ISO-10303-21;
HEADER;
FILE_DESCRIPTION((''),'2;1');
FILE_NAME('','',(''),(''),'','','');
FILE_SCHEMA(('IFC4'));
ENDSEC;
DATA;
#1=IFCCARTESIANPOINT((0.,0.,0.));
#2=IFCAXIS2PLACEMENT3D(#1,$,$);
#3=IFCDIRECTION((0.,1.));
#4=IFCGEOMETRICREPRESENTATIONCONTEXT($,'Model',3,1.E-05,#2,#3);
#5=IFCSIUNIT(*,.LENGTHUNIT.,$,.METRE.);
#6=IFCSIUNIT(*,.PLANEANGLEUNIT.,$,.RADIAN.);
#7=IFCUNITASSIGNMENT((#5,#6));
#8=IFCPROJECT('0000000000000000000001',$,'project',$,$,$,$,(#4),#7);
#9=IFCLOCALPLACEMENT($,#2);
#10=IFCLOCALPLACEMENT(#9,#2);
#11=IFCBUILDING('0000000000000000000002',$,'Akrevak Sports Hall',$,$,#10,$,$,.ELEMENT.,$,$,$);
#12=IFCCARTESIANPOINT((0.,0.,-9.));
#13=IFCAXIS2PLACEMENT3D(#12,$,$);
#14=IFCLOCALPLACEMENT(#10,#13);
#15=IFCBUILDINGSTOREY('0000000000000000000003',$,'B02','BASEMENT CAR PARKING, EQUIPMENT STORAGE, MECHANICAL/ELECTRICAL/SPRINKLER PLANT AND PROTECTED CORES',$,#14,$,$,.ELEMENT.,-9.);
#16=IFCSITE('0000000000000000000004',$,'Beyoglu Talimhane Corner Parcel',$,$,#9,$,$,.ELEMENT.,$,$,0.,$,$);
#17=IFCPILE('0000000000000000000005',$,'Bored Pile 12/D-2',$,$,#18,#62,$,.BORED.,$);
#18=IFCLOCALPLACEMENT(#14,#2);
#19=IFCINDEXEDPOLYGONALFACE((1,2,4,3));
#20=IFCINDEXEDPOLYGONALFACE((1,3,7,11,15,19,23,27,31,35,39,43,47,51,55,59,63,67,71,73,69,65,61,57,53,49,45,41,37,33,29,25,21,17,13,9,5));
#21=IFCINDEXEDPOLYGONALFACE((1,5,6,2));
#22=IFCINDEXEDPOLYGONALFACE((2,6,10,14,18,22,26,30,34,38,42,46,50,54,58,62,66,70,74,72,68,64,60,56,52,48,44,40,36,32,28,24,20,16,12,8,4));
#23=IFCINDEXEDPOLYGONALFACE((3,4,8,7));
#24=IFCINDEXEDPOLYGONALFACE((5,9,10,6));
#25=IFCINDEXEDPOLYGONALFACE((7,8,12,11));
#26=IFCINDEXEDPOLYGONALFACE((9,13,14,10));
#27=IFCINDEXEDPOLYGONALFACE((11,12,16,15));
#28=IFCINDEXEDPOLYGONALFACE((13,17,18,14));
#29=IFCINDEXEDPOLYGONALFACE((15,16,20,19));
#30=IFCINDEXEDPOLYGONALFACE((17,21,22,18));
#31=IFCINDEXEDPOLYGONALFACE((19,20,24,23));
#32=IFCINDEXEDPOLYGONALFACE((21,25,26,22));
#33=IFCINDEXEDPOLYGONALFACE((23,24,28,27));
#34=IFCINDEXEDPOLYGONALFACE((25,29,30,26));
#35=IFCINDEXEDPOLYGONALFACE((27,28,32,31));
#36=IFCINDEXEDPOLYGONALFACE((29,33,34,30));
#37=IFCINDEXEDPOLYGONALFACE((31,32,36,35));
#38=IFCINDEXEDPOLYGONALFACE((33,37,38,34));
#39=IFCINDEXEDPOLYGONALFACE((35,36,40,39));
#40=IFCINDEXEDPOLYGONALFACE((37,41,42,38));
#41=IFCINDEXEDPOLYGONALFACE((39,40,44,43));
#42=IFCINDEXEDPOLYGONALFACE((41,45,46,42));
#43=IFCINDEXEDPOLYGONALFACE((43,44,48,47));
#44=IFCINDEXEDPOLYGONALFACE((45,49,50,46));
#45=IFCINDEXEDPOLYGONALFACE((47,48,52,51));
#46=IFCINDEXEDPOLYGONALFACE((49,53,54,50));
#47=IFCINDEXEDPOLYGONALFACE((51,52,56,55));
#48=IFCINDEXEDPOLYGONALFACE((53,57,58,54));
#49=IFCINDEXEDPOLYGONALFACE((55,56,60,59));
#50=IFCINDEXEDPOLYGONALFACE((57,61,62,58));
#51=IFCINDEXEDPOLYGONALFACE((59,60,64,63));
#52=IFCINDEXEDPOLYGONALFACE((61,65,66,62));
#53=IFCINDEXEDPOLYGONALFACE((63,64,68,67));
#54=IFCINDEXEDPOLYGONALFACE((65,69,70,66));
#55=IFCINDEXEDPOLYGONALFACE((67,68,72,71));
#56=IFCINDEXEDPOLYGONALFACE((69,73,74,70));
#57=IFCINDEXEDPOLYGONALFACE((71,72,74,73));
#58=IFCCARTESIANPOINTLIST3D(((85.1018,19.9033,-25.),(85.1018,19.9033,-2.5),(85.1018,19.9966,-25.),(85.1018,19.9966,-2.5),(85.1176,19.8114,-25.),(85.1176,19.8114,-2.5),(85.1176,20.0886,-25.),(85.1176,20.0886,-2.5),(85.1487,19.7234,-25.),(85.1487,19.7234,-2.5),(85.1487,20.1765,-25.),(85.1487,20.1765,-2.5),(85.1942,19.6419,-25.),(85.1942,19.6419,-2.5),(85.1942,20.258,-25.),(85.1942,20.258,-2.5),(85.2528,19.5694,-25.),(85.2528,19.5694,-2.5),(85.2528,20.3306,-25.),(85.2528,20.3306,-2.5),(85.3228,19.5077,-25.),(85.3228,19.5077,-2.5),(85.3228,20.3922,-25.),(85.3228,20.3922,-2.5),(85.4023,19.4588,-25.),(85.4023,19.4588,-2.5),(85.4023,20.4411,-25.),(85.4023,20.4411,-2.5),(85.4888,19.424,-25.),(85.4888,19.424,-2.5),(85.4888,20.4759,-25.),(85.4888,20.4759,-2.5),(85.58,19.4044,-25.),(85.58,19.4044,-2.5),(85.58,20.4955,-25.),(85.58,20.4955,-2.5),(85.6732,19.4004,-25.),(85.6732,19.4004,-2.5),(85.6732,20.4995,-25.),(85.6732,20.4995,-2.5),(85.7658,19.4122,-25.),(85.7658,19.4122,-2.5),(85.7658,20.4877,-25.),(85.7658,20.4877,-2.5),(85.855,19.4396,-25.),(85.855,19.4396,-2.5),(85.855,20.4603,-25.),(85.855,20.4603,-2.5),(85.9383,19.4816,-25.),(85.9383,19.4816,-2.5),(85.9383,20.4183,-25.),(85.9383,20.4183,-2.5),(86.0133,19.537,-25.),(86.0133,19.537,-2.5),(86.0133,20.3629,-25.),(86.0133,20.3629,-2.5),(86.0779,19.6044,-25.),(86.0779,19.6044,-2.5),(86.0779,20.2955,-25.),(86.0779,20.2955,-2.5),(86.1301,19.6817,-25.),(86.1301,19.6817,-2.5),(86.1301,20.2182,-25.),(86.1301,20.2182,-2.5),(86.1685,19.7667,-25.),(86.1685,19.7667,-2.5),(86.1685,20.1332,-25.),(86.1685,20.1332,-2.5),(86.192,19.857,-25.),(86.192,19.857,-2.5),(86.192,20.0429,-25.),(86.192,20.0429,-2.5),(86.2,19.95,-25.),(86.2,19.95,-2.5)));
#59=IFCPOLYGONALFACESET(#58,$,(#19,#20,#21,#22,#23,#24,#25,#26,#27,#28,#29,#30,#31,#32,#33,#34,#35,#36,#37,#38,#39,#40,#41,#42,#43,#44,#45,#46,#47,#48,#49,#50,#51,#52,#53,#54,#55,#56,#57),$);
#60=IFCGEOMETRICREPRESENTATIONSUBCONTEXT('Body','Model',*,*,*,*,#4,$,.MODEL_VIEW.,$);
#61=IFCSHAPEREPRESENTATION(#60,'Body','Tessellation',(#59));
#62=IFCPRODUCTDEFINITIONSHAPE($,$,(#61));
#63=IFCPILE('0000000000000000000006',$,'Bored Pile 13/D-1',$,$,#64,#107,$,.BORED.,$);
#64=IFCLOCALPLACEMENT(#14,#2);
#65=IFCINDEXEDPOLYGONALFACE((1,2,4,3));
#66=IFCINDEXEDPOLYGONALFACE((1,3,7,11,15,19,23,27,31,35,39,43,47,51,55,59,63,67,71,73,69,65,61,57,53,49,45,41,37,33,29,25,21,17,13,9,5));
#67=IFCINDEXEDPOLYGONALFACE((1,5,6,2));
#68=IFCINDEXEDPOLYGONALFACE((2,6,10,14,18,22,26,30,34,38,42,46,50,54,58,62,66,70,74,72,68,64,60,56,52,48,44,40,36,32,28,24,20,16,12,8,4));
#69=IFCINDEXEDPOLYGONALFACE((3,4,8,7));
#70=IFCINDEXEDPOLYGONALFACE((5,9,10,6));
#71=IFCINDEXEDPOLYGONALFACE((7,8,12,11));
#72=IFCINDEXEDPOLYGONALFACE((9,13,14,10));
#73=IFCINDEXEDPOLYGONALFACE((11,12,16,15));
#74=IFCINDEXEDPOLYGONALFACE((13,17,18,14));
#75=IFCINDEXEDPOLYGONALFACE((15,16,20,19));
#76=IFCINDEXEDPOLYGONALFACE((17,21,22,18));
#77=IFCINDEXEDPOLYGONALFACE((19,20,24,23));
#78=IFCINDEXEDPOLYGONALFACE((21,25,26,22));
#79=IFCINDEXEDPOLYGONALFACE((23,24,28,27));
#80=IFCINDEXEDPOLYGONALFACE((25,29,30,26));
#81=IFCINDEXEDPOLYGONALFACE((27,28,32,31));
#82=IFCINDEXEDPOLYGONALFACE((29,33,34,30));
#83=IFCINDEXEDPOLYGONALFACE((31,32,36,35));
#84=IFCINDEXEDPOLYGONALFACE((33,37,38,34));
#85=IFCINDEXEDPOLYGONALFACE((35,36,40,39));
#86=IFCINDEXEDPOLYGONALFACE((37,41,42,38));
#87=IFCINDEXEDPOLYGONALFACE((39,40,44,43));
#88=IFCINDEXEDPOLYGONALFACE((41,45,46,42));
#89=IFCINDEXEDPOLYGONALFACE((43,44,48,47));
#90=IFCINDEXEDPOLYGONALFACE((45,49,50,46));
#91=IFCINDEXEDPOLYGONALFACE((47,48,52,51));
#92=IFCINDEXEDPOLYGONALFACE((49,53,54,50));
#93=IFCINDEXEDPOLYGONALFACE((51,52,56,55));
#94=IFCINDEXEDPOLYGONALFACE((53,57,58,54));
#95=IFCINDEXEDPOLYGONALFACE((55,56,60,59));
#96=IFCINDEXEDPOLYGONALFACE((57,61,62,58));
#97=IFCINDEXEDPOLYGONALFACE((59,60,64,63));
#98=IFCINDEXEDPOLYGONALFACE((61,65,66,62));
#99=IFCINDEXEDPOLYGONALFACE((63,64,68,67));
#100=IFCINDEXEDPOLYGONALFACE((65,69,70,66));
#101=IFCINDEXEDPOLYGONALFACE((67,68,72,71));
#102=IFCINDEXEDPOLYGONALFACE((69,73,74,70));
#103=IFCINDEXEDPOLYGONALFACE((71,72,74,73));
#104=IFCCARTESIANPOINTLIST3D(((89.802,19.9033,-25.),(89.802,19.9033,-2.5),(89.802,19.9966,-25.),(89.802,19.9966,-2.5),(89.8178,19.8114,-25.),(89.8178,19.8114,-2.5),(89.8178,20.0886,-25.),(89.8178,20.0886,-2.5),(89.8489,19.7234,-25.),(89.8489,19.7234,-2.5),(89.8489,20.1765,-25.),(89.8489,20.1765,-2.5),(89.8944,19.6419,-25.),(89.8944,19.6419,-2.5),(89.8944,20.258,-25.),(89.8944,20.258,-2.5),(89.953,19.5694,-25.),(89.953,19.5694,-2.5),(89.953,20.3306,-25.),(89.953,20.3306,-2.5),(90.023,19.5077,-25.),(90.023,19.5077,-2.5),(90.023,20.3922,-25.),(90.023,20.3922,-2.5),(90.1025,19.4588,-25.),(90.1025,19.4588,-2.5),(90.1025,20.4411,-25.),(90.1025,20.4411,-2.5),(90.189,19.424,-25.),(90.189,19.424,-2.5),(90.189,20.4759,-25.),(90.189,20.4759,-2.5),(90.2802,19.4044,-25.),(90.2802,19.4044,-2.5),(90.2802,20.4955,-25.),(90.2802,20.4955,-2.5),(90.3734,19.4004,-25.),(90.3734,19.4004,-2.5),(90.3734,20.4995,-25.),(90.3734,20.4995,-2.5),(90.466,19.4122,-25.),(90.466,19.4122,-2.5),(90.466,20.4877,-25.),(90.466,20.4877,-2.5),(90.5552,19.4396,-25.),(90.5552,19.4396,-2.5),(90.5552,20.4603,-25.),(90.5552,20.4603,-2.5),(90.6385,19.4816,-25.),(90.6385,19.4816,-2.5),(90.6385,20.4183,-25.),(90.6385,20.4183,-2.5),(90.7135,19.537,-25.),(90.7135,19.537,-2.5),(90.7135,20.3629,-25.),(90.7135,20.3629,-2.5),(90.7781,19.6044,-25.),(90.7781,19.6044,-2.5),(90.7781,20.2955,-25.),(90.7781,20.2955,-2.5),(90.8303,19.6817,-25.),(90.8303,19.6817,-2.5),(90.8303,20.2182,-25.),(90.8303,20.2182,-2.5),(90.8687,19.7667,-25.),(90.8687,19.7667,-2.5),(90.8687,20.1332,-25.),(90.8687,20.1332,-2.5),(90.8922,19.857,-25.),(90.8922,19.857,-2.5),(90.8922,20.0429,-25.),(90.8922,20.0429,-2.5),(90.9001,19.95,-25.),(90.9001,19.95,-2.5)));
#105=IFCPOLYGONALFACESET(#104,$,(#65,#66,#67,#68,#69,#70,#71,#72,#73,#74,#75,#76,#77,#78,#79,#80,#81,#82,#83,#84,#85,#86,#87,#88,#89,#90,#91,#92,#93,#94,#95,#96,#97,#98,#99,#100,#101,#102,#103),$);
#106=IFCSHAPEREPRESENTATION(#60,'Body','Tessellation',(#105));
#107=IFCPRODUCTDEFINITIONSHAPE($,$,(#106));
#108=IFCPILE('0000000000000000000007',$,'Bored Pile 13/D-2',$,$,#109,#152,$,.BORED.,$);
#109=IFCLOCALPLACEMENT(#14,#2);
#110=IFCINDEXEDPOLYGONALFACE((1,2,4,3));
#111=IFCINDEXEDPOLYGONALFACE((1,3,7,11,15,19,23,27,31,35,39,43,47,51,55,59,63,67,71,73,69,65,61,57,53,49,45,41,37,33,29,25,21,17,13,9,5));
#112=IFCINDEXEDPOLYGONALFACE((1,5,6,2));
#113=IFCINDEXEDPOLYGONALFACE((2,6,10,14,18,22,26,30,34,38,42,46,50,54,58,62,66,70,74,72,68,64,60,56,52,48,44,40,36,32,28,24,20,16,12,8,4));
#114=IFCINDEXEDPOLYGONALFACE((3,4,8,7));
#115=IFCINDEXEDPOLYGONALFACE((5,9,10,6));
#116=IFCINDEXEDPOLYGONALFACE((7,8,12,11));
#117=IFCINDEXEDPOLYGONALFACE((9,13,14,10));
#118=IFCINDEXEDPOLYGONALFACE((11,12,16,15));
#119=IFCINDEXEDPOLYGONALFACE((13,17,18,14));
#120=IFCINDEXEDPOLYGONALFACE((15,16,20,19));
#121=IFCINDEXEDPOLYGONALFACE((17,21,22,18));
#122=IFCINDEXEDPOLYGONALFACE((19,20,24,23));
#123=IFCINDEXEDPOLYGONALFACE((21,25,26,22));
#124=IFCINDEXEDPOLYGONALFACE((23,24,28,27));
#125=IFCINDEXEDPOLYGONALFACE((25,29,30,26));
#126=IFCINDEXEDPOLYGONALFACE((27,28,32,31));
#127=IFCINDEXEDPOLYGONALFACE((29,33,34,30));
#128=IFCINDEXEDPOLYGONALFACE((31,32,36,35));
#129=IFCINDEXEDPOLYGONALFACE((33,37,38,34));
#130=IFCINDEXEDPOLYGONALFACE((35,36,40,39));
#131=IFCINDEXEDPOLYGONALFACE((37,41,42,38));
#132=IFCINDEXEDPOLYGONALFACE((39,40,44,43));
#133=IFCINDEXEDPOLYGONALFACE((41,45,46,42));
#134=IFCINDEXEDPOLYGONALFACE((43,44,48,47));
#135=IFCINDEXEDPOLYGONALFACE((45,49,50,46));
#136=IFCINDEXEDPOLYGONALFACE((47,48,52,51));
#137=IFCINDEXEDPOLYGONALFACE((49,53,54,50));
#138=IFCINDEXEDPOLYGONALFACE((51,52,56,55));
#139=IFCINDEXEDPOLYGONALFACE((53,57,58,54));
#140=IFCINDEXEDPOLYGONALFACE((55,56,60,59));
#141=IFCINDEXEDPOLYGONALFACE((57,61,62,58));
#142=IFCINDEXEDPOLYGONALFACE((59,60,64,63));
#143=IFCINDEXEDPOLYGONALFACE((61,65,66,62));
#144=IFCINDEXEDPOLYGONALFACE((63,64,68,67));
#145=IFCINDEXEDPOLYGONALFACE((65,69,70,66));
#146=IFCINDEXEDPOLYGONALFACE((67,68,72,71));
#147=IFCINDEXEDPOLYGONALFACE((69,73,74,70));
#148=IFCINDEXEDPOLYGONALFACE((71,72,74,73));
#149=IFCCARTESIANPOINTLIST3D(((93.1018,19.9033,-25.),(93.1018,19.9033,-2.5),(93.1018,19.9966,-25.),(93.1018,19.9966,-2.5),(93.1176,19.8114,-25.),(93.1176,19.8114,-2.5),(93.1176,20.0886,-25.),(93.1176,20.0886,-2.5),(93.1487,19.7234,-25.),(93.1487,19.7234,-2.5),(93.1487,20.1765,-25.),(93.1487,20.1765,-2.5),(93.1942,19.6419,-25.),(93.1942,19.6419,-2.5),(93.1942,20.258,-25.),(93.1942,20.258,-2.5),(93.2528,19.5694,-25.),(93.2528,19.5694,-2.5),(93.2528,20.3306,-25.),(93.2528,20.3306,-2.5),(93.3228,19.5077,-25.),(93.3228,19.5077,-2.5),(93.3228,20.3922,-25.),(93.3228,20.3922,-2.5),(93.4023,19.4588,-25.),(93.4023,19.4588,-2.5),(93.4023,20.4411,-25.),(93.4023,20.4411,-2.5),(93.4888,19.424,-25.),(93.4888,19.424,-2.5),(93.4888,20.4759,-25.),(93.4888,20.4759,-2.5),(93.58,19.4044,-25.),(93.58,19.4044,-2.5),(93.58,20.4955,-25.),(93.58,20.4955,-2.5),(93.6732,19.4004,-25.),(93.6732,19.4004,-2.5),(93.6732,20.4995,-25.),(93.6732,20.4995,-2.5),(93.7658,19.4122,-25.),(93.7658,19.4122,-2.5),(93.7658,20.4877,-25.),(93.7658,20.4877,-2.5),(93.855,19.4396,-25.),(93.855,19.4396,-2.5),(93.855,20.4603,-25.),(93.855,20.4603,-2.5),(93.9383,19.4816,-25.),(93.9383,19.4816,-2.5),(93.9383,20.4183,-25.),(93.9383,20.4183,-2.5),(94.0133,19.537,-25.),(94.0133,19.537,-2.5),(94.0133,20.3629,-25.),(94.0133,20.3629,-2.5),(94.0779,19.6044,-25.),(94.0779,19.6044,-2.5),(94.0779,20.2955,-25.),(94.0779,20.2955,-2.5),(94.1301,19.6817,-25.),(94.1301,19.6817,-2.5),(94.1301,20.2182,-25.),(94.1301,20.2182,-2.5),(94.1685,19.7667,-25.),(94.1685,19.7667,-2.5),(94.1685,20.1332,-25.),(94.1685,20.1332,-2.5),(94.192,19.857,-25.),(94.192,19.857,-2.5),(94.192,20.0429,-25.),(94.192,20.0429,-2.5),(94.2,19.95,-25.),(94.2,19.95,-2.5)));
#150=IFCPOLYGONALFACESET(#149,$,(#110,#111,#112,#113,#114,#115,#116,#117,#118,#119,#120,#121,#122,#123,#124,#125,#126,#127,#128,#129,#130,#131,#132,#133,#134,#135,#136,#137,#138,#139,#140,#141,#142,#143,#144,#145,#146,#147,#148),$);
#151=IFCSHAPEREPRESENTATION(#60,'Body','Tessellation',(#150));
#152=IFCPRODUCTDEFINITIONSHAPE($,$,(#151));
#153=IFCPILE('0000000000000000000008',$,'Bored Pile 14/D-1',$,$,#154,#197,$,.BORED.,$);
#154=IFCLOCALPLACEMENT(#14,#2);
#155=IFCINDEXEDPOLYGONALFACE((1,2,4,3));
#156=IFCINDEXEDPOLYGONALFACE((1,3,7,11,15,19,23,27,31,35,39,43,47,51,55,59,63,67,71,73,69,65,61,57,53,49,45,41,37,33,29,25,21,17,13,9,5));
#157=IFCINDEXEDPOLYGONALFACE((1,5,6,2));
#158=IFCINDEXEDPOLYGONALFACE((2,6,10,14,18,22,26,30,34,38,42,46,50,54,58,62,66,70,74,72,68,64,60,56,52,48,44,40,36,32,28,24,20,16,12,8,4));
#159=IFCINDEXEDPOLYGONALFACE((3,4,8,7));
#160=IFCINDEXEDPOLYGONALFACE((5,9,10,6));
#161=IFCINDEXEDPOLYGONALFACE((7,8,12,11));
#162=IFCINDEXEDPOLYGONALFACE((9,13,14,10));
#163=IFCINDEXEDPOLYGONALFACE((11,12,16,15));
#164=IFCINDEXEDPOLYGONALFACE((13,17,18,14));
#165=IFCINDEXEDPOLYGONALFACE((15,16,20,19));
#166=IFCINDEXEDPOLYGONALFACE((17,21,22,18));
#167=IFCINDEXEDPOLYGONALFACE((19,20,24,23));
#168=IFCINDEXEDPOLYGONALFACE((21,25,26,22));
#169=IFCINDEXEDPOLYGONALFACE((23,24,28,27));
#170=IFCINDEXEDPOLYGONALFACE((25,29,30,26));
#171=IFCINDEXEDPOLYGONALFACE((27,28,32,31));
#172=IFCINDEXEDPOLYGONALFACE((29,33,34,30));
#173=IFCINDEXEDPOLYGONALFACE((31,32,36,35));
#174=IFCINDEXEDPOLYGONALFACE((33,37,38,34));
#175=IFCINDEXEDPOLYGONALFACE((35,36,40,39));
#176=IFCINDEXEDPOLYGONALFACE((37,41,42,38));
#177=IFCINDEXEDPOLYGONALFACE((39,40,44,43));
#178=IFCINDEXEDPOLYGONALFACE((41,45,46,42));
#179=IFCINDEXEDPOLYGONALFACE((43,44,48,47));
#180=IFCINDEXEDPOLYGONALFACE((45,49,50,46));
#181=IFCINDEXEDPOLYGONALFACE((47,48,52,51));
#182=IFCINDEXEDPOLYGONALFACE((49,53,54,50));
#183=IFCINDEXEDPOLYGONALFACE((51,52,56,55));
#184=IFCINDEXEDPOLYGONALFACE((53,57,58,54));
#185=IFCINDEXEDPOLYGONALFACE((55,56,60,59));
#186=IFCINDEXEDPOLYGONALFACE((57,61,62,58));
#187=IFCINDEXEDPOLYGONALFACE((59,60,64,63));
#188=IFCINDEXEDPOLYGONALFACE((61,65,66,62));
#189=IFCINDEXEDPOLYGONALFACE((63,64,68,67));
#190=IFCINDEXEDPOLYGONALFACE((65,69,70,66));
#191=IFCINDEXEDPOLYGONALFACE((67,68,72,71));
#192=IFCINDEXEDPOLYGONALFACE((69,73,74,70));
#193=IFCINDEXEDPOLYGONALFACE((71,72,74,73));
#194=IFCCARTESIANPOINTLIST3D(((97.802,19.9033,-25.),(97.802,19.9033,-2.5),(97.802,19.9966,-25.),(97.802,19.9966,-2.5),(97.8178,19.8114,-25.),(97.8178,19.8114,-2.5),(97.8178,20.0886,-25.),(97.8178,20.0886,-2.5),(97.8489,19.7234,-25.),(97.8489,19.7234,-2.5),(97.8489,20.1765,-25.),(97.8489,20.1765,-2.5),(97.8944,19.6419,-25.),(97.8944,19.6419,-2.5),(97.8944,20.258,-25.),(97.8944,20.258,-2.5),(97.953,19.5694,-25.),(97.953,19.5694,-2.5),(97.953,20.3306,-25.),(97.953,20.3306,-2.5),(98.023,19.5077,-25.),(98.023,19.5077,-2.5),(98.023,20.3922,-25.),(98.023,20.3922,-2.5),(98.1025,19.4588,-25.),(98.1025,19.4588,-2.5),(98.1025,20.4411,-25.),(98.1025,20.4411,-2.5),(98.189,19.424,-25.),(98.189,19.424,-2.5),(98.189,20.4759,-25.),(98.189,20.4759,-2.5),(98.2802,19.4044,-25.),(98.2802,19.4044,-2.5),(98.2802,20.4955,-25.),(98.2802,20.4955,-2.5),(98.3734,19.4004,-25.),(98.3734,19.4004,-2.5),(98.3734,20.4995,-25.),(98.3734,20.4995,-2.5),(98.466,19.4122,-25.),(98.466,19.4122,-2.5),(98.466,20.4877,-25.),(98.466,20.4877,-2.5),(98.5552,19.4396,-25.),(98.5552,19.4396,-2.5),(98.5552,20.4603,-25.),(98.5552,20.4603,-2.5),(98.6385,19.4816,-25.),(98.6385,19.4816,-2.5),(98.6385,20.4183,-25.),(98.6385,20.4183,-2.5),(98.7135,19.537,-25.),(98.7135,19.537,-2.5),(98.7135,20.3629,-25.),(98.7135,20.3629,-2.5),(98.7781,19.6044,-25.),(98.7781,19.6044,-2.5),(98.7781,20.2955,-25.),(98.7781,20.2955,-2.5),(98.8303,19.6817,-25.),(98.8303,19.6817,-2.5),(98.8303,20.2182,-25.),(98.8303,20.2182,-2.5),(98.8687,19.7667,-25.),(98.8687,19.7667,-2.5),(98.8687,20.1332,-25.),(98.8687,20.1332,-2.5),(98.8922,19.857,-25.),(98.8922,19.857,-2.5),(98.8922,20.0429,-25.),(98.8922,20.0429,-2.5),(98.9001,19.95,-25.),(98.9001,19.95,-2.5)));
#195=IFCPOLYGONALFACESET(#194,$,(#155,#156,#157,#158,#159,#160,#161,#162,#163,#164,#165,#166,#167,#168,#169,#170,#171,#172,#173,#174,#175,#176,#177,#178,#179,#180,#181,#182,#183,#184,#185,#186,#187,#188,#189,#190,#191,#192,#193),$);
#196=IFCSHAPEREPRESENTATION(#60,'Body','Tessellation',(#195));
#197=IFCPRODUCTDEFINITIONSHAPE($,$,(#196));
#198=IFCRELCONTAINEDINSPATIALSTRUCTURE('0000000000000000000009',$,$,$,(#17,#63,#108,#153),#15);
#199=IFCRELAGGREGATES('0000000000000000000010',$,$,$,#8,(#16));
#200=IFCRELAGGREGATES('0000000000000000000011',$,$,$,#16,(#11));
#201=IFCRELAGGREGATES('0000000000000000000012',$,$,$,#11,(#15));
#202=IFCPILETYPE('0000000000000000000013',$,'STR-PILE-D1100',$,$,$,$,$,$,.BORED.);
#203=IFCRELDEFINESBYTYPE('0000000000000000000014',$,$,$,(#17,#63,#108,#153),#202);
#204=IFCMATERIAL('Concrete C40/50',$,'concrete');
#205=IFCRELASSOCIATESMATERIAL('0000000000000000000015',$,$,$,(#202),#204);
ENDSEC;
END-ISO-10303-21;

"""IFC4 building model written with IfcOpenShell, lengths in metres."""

from ifc_helpers import new_model, si_unit, direction, frame, origin, origin_2d, place, context, subcontext, project, spatial, circle, extrude, material, material_profile, profile_set, type_object, element, save


model = new_model("IFC4")

# Units and contexts
model_context = context("Model", 3, precision=1e-05, world=origin(), true_north=direction((0.0, 1.0)))
body_context = subcontext(model_context, "Body", "Model", "MODEL_VIEW")
ifc_project = project(units=[si_unit("LENGTHUNIT", "METRE"), si_unit("PLANEANGLEUNIT", "RADIAN")], contexts=[model_context])

# Site, building, storey
site_placement = place(None, origin())
site = spatial("IfcSite", under=ifc_project, at=site_placement, Name="Beyoglu Talimhane Corner Parcel", CompositionType="ELEMENT", RefElevation=0.0)
building_placement = place(site_placement, origin())
building = spatial("IfcBuilding", under=site, at=building_placement, Name="Akrevak Sports Hall", CompositionType="ELEMENT")
storey_placement = place(building_placement, frame((0.0, 0.0, -9.0)))
storey = spatial("IfcBuildingStorey", under=building, at=storey_placement, Name="B02", Description="BASEMENT CAR PARKING, EQUIPMENT STORAGE, MECHANICAL/ELECTRICAL/SPRINKLER PLANT AND PROTECTED CORES", CompositionType="ELEMENT", Elevation=-9.0)

# Shared definitions
ifc_material_1 = material(Name="Concrete C40/50", Category="concrete")

# Piles
ifc_material_profile_1 = material_profile(ifc_material_1, circle(Radius=0.55, at=origin_2d()), Name="BORED PILE D1100", Category="concrete")
ifc_profile_set_1 = profile_set([ifc_material_profile_1], Name="Concrete C40/50")
pile_type_1 = type_object("IfcPileType", Name="STR-PILE-D1100", PredefinedType="BORED", material=ifc_profile_set_1)
for number, where, z_axis, x_axis, name in (
    (1, (85.6499, 19.95, -2.5), (0.0, 0.0, -1.0), (1.0, 0.0, 0.0), "Bored Pile 12/D-2"),
    (2, (90.3501, 19.95, -2.5), (0.0, 0.0, -1.0), (1.0, 0.0, 0.0), "Bored Pile 13/D-1"),
    (3, (93.6499, 19.95, -2.5), (0.0, 0.0, -1.0), (1.0, 0.0, 0.0), "Bored Pile 13/D-2"),
    (4, (98.3501, 19.95, -2.5), (0.0, 0.0, -1.0), (1.0, 0.0, 0.0), "Bored Pile 14/D-1"),
):
    element("IfcPile", number, at=place(storey_placement, frame(where, z_axis=z_axis, x_axis=x_axis)), inside=storey, type_object=pile_type_1, Name=name, PredefinedType="BORED", context=body_context, shape_type="SweptSolid", body=[
        extrude(circle(Radius=0.55, at=origin_2d()), origin(), (0.0, 0.0, 1.0), 22.5),
    ])

save(model, "model.ifc")
